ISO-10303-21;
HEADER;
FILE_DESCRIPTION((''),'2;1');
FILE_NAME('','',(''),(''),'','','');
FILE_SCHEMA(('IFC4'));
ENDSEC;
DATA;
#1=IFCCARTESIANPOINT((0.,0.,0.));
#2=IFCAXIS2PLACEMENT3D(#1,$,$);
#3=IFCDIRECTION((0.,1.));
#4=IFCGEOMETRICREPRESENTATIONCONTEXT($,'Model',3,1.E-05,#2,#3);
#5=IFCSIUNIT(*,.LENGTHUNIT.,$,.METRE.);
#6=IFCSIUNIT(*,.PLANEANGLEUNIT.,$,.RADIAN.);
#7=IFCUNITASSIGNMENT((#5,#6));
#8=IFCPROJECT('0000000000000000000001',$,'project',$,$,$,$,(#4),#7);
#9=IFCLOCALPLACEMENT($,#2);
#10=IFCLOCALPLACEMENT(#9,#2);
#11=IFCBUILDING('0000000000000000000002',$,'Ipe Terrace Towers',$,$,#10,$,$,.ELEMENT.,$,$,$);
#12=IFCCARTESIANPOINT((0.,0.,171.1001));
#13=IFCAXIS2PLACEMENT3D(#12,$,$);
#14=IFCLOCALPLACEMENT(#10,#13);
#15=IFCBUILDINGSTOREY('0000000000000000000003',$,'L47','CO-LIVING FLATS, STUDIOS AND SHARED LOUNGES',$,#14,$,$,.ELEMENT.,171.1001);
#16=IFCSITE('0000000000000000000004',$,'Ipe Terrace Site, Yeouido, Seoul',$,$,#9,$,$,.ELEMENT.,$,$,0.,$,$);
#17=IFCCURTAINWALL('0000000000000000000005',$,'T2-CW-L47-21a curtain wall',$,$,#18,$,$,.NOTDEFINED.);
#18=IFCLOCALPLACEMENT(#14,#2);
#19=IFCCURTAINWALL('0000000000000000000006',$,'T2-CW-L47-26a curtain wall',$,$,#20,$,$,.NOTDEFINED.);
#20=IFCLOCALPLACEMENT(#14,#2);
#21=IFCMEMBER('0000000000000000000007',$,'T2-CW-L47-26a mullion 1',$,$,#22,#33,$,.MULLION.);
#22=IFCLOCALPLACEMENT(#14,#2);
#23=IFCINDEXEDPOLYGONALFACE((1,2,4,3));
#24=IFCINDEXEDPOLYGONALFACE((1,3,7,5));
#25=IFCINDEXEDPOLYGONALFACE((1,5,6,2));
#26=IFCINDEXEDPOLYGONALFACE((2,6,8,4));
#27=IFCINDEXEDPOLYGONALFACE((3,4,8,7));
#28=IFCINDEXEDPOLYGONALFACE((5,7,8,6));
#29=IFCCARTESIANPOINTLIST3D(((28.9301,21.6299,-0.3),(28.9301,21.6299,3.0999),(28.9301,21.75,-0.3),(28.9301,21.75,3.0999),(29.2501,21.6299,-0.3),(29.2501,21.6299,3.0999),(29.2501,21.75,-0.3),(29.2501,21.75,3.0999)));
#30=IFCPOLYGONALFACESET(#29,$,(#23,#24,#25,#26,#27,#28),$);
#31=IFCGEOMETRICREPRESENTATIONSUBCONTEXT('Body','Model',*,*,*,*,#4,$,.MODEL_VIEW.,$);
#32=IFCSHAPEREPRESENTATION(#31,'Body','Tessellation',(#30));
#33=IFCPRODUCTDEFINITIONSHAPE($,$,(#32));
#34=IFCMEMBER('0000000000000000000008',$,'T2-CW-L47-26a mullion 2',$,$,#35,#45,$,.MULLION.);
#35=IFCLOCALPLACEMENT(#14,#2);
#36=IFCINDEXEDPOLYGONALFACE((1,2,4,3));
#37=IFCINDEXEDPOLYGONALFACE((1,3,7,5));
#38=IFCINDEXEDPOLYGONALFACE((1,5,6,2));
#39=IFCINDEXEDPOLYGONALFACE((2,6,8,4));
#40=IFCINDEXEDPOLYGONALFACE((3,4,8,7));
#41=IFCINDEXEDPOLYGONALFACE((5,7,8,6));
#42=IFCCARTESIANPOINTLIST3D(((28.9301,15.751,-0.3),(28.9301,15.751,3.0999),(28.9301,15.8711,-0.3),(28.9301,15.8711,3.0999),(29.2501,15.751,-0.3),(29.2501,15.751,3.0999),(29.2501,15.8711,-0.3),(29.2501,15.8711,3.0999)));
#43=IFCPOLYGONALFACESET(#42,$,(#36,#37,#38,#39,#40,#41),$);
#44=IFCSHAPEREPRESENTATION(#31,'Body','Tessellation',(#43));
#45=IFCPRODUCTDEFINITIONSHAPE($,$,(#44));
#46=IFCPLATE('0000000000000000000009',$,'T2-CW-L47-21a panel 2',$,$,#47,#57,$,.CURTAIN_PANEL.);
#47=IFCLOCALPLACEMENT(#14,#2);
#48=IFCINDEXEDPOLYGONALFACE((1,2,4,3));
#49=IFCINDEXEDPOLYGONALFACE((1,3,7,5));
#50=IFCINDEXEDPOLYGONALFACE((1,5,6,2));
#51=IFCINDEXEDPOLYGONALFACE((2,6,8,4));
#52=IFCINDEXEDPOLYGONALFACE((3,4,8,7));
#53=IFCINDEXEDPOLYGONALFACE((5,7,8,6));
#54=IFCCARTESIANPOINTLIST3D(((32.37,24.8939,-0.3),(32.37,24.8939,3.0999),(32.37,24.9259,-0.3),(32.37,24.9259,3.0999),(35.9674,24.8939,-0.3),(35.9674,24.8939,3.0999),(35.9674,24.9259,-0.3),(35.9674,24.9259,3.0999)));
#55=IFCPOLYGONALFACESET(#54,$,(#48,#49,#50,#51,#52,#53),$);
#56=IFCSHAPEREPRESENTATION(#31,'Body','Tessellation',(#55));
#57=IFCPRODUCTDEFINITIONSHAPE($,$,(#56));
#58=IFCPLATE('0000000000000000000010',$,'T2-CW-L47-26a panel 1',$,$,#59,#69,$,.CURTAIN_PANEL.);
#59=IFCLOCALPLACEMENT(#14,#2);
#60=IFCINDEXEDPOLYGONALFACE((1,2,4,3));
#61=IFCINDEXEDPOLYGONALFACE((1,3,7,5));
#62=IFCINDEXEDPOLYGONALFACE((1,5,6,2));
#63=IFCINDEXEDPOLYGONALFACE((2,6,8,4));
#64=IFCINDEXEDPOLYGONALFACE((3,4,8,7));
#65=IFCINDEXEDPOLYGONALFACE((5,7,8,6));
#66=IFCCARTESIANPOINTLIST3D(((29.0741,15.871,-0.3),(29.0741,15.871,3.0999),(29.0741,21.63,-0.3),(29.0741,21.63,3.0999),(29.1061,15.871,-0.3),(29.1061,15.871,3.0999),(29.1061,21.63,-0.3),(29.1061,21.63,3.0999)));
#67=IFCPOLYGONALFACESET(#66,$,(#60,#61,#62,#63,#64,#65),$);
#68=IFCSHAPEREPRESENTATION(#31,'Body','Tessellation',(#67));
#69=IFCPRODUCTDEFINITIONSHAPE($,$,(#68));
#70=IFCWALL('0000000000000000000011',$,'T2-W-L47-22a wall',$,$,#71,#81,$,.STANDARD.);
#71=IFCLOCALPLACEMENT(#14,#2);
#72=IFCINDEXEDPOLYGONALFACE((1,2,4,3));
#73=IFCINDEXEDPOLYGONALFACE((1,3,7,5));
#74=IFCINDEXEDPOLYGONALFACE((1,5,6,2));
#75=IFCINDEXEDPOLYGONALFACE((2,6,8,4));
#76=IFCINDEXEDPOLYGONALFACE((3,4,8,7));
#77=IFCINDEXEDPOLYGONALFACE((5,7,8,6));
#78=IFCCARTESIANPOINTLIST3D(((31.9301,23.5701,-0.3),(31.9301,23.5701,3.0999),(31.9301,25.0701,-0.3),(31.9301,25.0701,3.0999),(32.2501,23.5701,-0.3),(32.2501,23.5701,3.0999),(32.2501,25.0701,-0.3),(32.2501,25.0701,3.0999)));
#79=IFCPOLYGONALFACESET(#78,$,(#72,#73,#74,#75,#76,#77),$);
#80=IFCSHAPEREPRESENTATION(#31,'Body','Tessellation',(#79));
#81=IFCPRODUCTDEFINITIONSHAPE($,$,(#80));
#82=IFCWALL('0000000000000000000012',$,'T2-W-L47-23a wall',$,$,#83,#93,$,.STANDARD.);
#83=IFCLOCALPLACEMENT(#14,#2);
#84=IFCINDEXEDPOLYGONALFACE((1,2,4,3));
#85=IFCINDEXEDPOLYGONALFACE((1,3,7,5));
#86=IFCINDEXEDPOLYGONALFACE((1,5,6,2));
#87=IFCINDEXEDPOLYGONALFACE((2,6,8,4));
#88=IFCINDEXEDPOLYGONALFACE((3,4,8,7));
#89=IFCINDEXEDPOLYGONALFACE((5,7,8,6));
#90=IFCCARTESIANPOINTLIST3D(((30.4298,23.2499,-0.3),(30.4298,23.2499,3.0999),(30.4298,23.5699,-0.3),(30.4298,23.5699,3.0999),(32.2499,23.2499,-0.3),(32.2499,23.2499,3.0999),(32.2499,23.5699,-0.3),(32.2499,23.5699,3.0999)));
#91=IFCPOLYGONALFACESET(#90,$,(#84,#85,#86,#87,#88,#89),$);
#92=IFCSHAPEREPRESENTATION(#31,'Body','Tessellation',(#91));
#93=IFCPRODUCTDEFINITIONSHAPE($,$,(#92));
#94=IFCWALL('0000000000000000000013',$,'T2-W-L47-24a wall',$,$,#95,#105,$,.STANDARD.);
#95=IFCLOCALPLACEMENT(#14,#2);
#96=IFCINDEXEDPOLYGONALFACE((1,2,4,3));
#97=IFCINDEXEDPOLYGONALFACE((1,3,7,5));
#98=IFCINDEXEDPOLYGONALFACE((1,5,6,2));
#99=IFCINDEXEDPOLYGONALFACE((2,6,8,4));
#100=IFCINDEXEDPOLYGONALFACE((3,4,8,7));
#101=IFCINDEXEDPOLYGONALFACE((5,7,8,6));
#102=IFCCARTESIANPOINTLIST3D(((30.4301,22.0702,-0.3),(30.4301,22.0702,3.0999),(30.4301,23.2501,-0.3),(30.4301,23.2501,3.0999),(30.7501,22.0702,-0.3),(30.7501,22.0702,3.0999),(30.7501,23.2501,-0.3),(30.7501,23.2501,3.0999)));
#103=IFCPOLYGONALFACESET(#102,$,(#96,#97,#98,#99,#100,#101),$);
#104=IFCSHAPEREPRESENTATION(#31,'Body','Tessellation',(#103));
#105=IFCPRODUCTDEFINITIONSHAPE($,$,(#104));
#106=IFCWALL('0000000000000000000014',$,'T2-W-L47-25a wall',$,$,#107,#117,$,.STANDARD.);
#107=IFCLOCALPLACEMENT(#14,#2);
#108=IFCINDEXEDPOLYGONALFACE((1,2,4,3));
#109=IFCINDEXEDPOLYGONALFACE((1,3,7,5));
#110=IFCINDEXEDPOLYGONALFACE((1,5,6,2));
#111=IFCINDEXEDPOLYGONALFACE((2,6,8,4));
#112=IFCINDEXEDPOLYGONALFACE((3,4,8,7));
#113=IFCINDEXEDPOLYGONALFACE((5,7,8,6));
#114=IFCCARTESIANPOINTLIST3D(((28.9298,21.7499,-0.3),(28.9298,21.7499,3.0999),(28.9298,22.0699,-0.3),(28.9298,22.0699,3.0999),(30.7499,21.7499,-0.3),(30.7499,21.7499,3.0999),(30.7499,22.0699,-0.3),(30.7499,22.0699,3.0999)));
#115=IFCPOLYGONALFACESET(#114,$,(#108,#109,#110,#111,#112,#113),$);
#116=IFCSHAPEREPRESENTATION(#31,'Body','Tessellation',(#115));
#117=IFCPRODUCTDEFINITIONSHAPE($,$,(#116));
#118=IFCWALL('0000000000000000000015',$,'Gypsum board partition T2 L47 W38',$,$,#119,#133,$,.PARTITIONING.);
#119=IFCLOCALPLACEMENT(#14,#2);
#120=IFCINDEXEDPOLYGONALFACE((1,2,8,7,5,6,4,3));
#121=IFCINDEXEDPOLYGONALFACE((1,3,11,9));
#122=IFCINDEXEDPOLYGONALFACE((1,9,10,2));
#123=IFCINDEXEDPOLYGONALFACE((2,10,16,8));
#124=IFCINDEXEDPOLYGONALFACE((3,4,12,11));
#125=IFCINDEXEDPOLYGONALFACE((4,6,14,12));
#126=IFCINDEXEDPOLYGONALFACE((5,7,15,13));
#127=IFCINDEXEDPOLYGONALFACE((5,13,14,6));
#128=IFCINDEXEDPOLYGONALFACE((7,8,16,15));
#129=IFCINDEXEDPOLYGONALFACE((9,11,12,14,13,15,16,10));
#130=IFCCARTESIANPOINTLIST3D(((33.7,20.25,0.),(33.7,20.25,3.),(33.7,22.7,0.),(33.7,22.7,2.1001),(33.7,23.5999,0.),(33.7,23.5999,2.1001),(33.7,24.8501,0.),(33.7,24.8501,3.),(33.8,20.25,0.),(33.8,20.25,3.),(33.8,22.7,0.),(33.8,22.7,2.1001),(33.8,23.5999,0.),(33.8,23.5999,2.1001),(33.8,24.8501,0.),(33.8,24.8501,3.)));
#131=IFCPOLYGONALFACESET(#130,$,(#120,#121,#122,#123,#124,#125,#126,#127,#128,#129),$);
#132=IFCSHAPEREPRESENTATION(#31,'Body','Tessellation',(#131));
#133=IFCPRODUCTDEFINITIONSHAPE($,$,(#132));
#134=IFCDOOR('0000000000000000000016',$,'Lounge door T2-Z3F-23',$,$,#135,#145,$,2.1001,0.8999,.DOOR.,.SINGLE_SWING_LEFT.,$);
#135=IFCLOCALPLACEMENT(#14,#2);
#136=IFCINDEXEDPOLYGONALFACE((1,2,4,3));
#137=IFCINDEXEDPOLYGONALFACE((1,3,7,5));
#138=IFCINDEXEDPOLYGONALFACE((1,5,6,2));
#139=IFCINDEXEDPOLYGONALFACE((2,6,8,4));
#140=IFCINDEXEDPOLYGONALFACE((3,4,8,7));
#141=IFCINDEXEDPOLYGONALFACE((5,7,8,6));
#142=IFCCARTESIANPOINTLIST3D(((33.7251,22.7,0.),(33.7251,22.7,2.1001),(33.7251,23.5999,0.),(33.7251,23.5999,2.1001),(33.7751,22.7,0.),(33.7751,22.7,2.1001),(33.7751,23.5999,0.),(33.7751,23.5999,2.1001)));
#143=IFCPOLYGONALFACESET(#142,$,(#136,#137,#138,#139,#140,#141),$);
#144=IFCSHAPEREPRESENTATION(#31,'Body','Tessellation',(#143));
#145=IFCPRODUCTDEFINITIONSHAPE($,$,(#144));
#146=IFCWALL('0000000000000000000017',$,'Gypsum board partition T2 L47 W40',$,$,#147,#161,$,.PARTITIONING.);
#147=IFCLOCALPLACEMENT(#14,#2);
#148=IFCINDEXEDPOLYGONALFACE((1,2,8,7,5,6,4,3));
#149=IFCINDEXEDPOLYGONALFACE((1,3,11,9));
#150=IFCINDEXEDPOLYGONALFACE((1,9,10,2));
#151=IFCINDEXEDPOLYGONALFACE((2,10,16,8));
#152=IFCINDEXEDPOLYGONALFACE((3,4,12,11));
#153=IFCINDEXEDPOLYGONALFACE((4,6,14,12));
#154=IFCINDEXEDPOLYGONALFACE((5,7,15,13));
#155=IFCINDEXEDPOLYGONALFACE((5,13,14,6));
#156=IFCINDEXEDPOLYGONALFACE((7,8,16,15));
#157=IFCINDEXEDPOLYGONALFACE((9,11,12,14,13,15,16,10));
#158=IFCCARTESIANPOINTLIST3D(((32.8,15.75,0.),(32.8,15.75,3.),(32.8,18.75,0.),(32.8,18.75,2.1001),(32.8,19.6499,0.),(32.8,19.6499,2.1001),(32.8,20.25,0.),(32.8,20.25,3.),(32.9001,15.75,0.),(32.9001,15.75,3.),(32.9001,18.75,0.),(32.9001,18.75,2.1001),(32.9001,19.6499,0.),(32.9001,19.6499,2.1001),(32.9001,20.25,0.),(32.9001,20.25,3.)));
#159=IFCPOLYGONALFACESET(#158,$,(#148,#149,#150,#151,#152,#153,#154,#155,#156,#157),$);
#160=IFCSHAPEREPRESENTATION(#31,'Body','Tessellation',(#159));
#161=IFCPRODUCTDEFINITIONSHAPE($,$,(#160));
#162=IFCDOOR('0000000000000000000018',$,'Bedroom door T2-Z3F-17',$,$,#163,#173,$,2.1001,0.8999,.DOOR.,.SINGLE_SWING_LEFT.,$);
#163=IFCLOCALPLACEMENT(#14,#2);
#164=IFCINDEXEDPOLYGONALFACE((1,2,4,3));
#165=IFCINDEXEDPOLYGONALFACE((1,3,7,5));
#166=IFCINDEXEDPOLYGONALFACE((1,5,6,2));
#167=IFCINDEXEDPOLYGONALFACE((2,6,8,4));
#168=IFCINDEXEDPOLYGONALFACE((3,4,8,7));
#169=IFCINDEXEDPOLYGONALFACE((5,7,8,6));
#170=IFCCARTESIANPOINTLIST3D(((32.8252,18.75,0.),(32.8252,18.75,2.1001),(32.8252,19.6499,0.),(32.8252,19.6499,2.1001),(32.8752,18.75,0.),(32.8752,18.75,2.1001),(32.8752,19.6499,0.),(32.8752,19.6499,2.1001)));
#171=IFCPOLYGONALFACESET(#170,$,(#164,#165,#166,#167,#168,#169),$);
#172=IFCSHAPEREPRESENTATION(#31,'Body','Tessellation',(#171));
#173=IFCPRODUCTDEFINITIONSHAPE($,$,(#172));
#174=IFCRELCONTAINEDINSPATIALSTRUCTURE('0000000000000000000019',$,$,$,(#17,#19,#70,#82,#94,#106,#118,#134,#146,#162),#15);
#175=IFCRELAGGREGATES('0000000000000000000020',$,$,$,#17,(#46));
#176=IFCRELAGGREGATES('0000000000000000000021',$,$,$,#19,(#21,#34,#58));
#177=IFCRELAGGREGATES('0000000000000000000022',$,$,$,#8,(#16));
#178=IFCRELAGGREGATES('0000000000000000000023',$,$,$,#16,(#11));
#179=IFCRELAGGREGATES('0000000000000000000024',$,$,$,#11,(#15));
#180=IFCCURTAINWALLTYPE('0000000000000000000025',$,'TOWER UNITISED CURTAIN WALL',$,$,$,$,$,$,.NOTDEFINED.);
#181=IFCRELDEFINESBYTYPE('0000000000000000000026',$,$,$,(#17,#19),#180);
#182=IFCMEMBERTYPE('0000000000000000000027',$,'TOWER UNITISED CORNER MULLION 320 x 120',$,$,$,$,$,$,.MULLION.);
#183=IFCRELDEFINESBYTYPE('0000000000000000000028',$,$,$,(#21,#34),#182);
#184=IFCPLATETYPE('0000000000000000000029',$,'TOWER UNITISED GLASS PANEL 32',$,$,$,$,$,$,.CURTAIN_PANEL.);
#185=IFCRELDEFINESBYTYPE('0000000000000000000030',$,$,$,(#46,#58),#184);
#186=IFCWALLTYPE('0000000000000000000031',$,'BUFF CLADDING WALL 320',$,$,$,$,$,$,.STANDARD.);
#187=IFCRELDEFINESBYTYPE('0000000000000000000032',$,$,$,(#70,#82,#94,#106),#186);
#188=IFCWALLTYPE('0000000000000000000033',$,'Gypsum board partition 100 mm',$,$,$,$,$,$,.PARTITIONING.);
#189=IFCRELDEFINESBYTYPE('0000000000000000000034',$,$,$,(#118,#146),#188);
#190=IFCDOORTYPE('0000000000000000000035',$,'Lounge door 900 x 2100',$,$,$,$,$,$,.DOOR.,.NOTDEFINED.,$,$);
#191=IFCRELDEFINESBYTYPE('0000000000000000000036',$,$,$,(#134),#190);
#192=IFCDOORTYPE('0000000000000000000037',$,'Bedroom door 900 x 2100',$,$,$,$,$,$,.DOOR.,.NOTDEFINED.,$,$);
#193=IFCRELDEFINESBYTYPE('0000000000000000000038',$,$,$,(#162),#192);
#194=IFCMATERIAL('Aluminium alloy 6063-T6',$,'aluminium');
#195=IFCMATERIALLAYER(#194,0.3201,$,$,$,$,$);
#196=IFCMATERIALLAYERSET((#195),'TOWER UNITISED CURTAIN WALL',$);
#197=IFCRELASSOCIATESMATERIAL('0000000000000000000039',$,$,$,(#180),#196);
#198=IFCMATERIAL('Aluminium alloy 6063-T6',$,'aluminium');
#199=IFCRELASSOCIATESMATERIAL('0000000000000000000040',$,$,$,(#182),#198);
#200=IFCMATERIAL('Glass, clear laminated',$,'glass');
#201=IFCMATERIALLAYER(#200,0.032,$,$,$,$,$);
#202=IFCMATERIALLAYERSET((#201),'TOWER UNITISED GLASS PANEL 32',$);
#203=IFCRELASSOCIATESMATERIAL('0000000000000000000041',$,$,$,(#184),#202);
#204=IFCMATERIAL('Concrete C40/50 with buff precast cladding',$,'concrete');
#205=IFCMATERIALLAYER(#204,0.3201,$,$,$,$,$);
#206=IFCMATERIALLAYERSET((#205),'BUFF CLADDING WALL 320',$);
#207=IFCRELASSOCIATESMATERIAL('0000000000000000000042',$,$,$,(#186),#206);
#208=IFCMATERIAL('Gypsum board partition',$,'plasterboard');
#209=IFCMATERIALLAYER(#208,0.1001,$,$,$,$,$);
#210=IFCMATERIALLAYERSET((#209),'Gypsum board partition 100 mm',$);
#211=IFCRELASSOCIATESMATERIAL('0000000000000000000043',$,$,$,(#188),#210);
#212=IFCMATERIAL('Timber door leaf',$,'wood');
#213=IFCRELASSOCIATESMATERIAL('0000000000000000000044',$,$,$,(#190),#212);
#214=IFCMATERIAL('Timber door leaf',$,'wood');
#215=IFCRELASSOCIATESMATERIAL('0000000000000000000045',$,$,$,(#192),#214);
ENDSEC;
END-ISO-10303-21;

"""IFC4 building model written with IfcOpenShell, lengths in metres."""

from ifc_helpers import new_model, si_unit, direction, frame, frame_2d, origin, origin_2d, place, context, subcontext, project, spatial, rectangle, extrude, material, layer, layer_set, material_profile, profile_set, type_object, element, fill, aggregate, save


model = new_model("IFC4")

# Units and contexts
model_context = context("Model", 3, precision=1e-05, world=origin(), true_north=direction((0.0, 1.0)))
body_context = subcontext(model_context, "Body", "Model", "MODEL_VIEW")
ifc_project = project(units=[si_unit("LENGTHUNIT", "METRE"), si_unit("PLANEANGLEUNIT", "RADIAN")], contexts=[model_context])

# Site, building, storey
site_placement = place(None, origin())
site = spatial("IfcSite", under=ifc_project, at=site_placement, Name="Ipe Terrace Site, Yeouido, Seoul", CompositionType="ELEMENT", RefElevation=0.0)
building_placement = place(site_placement, origin())
building = spatial("IfcBuilding", under=site, at=building_placement, Name="Ipe Terrace Towers", CompositionType="ELEMENT")
storey_placement = place(building_placement, frame((0.0, 0.0, 171.1001)))
storey = spatial("IfcBuildingStorey", under=building, at=storey_placement, Name="L47", Description="CO-LIVING FLATS, STUDIOS AND SHARED LOUNGES", CompositionType="ELEMENT", Elevation=171.1001)

# Curtain wall
ifc_material_1 = material(Name="Aluminium alloy 6063-T6", Category="aluminium")
ifc_layer_1 = layer(ifc_material_1, 0.3201)
ifc_layer_set_1 = layer_set([ifc_layer_1], Name="TOWER UNITISED CURTAIN WALL")
curtain_wall_type = type_object("IfcCurtainWallType", Name="TOWER UNITISED CURTAIN WALL", PredefinedType="NOTDEFINED", material=ifc_layer_set_1)
curtain_wall_1_placement = place(storey_placement, origin())
curtain_wall_1 = element("IfcCurtainWall", 1, at=curtain_wall_1_placement, inside=storey, type_object=curtain_wall_type, Name="T2-CW-L47-21a curtain wall", PredefinedType="NOTDEFINED")
ifc_material_2 = material(Name="Aluminium alloy 6063-T6", Category="aluminium")
ifc_material_profile_1 = material_profile(ifc_material_2, rectangle(XDim=0.3201, YDim=0.1201, at=origin_2d()), Name="TOWER UNITISED CORNER MULLION 320 x 120")
ifc_profile_set_1 = profile_set([ifc_material_profile_1], Name="Aluminium alloy 6063-T6")
member_type = type_object("IfcMemberType", Name="TOWER UNITISED CORNER MULLION 320 x 120", PredefinedType="MULLION", material=ifc_profile_set_1)

# Curtain wall, members
curtain_wall_2_placement = place(storey_placement, origin())
curtain_wall_2 = element("IfcCurtainWall", 2, at=curtain_wall_2_placement, inside=storey, type_object=curtain_wall_type, Name="T2-CW-L47-26a curtain wall", PredefinedType="NOTDEFINED")
member_1_placement = place(storey_placement, frame((29.0901, 21.6899, -0.3), z_axis=(0.0, 0.0, 1.0), x_axis=(-1.0, 0.0, 0.0)))
member_1 = element("IfcMember", 3, at=member_1_placement, type_object=member_type, Name="T2-CW-L47-26a mullion 1", PredefinedType="MULLION", context=body_context, shape_type="SweptSolid", body=[
    extrude(rectangle(XDim=0.3201, YDim=0.1201, at=origin_2d()), origin(), (0.0, 0.0, 1.0), 3.3999),
])
member_2_placement = place(storey_placement, frame((29.0901, 15.811, -0.3), z_axis=(0.0, 0.0, 1.0), x_axis=(-1.0, 0.0, 0.0)))
member_2 = element("IfcMember", 4, at=member_2_placement, type_object=member_type, Name="T2-CW-L47-26a mullion 2", PredefinedType="MULLION", context=body_context, shape_type="SweptSolid", body=[
    extrude(rectangle(XDim=0.3201, YDim=0.1201, at=origin_2d()), origin(), (0.0, 0.0, 1.0), 3.3999),
])

# Plates
ifc_material_3 = material(Name="Glass, clear laminated", Category="glass")
ifc_layer_2 = layer(ifc_material_3, 0.032)
ifc_layer_set_2 = layer_set([ifc_layer_2], Name="TOWER UNITISED GLASS PANEL 32")
plate_type = type_object("IfcPlateType", Name="TOWER UNITISED GLASS PANEL 32", PredefinedType="CURTAIN_PANEL", material=ifc_layer_set_2)
plate_1_placement = place(storey_placement, frame((34.1687, 24.9099, -0.3), z_axis=(0.0, 0.0, 1.0), x_axis=(-1.0, 0.0, 0.0)))
plate_1 = element("IfcPlate", 5, at=plate_1_placement, type_object=plate_type, Name="T2-CW-L47-21a panel 2", PredefinedType="CURTAIN_PANEL", context=body_context, shape_type="SweptSolid", body=[
    extrude(rectangle(XDim=3.5974, YDim=0.032, at=origin_2d()), origin(), (0.0, 0.0, 1.0), 3.3999),
])
aggregate(curtain_wall_1, [plate_1])
plate_2_placement = place(storey_placement, frame((29.0901, 18.7505, -0.3), z_axis=(0.0, 0.0, 1.0), x_axis=(0.0, -1.0, 0.0)))
plate_2 = element("IfcPlate", 6, at=plate_2_placement, type_object=plate_type, Name="T2-CW-L47-26a panel 1", PredefinedType="CURTAIN_PANEL", context=body_context, shape_type="SweptSolid", body=[
    extrude(rectangle(XDim=5.759, YDim=0.032, at=origin_2d()), origin(), (0.0, 0.0, 1.0), 3.3999),
])
aggregate(curtain_wall_2, [member_1, member_2, plate_2])

# Walls
ifc_material_4 = material(Name="Concrete C40/50 with buff precast cladding", Category="concrete")
ifc_layer_3 = layer(ifc_material_4, 0.3201)
ifc_layer_set_3 = layer_set([ifc_layer_3], Name="BUFF CLADDING WALL 320")
wall_type_1 = type_object("IfcWallType", Name="BUFF CLADDING WALL 320", PredefinedType="STANDARD", material=ifc_layer_set_3)
wall_1_placement = place(storey_placement, frame((32.0901, 25.0701, -0.3), z_axis=(0.0, 0.0, 1.0), x_axis=(0.0, -1.0, 0.0)))
element("IfcWall", 7, at=wall_1_placement, inside=storey, type_object=wall_type_1, Name="T2-W-L47-22a wall", PredefinedType="STANDARD", context=body_context, shape_type="SweptSolid", body=[
    extrude(rectangle(XDim=1.5, YDim=0.3201, at=frame_2d((0.75, 0.0))), origin(), (0.0, 0.0, 1.0), 3.3999),
])
wall_2_placement = place(storey_placement, frame((32.25, 23.4099, -0.3), z_axis=(0.0, 0.0, 1.0), x_axis=(-1.0, 0.0, 0.0)))
element("IfcWall", 8, at=wall_2_placement, inside=storey, type_object=wall_type_1, Name="T2-W-L47-23a wall", PredefinedType="STANDARD", context=body_context, shape_type="SweptSolid", body=[
    extrude(rectangle(XDim=1.8201, YDim=0.3201, at=frame_2d((0.9102, 0.0))), origin(), (0.0, 0.0, 1.0), 3.3999),
])
wall_3_placement = place(storey_placement, frame((30.5901, 23.25, -0.3), z_axis=(0.0, 0.0, 1.0), x_axis=(0.0, -1.0, 0.0)))
element("IfcWall", 9, at=wall_3_placement, inside=storey, type_object=wall_type_1, Name="T2-W-L47-24a wall", PredefinedType="STANDARD", context=body_context, shape_type="SweptSolid", body=[
    extrude(rectangle(XDim=1.1799, YDim=0.3201, at=frame_2d((0.5898, 0.0))), origin(), (0.0, 0.0, 1.0), 3.3999),
])
wall_4_placement = place(storey_placement, frame((30.75, 21.9099, -0.3), z_axis=(0.0, 0.0, 1.0), x_axis=(-1.0, 0.0, 0.0)))
element("IfcWall", 10, at=wall_4_placement, inside=storey, type_object=wall_type_1, Name="T2-W-L47-25a wall", PredefinedType="STANDARD", context=body_context, shape_type="SweptSolid", body=[
    extrude(rectangle(XDim=1.8201, YDim=0.3201, at=frame_2d((0.9102, 0.0))), origin(), (0.0, 0.0, 1.0), 3.3999),
])

# Walls, openings, doors
ifc_material_5 = material(Name="Gypsum board partition", Category="plasterboard")
ifc_layer_4 = layer(ifc_material_5, 0.1001)
ifc_layer_set_4 = layer_set([ifc_layer_4], Name="Gypsum board partition 100 mm")
wall_type_2 = type_object("IfcWallType", Name="Gypsum board partition 100 mm", PredefinedType="PARTITIONING", material=ifc_layer_set_4)
wall_5_placement = place(storey_placement, frame((33.75, 20.25, 0.0), z_axis=(0.0, 0.0, 1.0), x_axis=(0.0, 1.0, 0.0)))
wall_5 = element("IfcWall", 11, at=wall_5_placement, inside=storey, type_object=wall_type_2, Name="Gypsum board partition T2 L47 W38", PredefinedType="PARTITIONING", context=body_context, shape_type="SweptSolid", body=[
    extrude(rectangle(XDim=4.6001, YDim=0.1001, at=frame_2d((2.3, 0.0))), origin(), (0.0, 0.0, 1.0), 3.0),
])
opening_1_placement = place(wall_5_placement, frame((2.45, 0.0, 0.0)))
opening_1 = element("IfcOpeningElement", 12, at=opening_1_placement, cuts=wall_5, PredefinedType="OPENING", context=body_context, shape_type="SweptSolid", body=[
    extrude(rectangle(XDim=0.8999, YDim=2.1001, at=frame_2d((0.45, 1.05))), frame((0.0, 0.0601, 0.0), z_axis=(0.0, -1.0, 0.0), x_axis=(1.0, 0.0, 0.0)), (0.0, 0.0, 1.0), 0.1201),
])
ifc_material_6 = material(Name="Timber door leaf", Category="wood")
door_type_1 = type_object("IfcDoorType", Name="Lounge door 900 x 2100", OperationType="NOTDEFINED", PredefinedType="DOOR", material=ifc_material_6)
door_1_placement = place(opening_1_placement, origin())
door_1 = element("IfcDoor", 13, at=door_1_placement, inside=storey, type_object=door_type_1, Name="Lounge door T2-Z3F-23", OperationType="SINGLE_SWING_LEFT", OverallHeight=2.1001, OverallWidth=0.8999, PredefinedType="DOOR", context=body_context, shape_type="SweptSolid", body=[
    extrude(rectangle(XDim=0.8999, YDim=2.1001, at=frame_2d((0.45, 1.05))), frame((0.0, 0.0249, 0.0), z_axis=(0.0, -1.0, 0.0), x_axis=(1.0, 0.0, 0.0)), (0.0, 0.0, 1.0), 0.05),
])
fill(opening_1, door_1)
wall_6_placement = place(storey_placement, frame((32.8501, 15.75, 0.0), z_axis=(0.0, 0.0, 1.0), x_axis=(0.0, 1.0, 0.0)))
wall_6 = element("IfcWall", 14, at=wall_6_placement, inside=storey, type_object=wall_type_2, Name="Gypsum board partition T2 L47 W40", PredefinedType="PARTITIONING", context=body_context, shape_type="SweptSolid", body=[
    extrude(rectangle(XDim=4.5, YDim=0.1001, at=frame_2d((2.25, 0.0))), origin(), (0.0, 0.0, 1.0), 3.0),
])
opening_2_placement = place(wall_6_placement, frame((3.0, 0.0, 0.0)))
opening_2 = element("IfcOpeningElement", 15, at=opening_2_placement, cuts=wall_6, PredefinedType="OPENING", context=body_context, shape_type="SweptSolid", body=[
    extrude(rectangle(XDim=0.8999, YDim=2.1001, at=frame_2d((0.45, 1.05))), frame((0.0, 0.0601, 0.0), z_axis=(0.0, -1.0, 0.0), x_axis=(1.0, 0.0, 0.0)), (0.0, 0.0, 1.0), 0.1201),
])
ifc_material_7 = material(Name="Timber door leaf", Category="wood")
door_type_2 = type_object("IfcDoorType", Name="Bedroom door 900 x 2100", OperationType="NOTDEFINED", PredefinedType="DOOR", material=ifc_material_7)
door_2_placement = place(opening_2_placement, origin())
door_2 = element("IfcDoor", 16, at=door_2_placement, inside=storey, type_object=door_type_2, Name="Bedroom door T2-Z3F-17", OperationType="SINGLE_SWING_LEFT", OverallHeight=2.1001, OverallWidth=0.8999, PredefinedType="DOOR", context=body_context, shape_type="SweptSolid", body=[
    extrude(rectangle(XDim=0.8999, YDim=2.1001, at=frame_2d((0.45, 1.05))), frame((0.0, 0.0249, 0.0), z_axis=(0.0, -1.0, 0.0), x_axis=(1.0, 0.0, 0.0)), (0.0, 0.0, 1.0), 0.05),
])
fill(opening_2, door_2)

save(model, "model.ifc")
